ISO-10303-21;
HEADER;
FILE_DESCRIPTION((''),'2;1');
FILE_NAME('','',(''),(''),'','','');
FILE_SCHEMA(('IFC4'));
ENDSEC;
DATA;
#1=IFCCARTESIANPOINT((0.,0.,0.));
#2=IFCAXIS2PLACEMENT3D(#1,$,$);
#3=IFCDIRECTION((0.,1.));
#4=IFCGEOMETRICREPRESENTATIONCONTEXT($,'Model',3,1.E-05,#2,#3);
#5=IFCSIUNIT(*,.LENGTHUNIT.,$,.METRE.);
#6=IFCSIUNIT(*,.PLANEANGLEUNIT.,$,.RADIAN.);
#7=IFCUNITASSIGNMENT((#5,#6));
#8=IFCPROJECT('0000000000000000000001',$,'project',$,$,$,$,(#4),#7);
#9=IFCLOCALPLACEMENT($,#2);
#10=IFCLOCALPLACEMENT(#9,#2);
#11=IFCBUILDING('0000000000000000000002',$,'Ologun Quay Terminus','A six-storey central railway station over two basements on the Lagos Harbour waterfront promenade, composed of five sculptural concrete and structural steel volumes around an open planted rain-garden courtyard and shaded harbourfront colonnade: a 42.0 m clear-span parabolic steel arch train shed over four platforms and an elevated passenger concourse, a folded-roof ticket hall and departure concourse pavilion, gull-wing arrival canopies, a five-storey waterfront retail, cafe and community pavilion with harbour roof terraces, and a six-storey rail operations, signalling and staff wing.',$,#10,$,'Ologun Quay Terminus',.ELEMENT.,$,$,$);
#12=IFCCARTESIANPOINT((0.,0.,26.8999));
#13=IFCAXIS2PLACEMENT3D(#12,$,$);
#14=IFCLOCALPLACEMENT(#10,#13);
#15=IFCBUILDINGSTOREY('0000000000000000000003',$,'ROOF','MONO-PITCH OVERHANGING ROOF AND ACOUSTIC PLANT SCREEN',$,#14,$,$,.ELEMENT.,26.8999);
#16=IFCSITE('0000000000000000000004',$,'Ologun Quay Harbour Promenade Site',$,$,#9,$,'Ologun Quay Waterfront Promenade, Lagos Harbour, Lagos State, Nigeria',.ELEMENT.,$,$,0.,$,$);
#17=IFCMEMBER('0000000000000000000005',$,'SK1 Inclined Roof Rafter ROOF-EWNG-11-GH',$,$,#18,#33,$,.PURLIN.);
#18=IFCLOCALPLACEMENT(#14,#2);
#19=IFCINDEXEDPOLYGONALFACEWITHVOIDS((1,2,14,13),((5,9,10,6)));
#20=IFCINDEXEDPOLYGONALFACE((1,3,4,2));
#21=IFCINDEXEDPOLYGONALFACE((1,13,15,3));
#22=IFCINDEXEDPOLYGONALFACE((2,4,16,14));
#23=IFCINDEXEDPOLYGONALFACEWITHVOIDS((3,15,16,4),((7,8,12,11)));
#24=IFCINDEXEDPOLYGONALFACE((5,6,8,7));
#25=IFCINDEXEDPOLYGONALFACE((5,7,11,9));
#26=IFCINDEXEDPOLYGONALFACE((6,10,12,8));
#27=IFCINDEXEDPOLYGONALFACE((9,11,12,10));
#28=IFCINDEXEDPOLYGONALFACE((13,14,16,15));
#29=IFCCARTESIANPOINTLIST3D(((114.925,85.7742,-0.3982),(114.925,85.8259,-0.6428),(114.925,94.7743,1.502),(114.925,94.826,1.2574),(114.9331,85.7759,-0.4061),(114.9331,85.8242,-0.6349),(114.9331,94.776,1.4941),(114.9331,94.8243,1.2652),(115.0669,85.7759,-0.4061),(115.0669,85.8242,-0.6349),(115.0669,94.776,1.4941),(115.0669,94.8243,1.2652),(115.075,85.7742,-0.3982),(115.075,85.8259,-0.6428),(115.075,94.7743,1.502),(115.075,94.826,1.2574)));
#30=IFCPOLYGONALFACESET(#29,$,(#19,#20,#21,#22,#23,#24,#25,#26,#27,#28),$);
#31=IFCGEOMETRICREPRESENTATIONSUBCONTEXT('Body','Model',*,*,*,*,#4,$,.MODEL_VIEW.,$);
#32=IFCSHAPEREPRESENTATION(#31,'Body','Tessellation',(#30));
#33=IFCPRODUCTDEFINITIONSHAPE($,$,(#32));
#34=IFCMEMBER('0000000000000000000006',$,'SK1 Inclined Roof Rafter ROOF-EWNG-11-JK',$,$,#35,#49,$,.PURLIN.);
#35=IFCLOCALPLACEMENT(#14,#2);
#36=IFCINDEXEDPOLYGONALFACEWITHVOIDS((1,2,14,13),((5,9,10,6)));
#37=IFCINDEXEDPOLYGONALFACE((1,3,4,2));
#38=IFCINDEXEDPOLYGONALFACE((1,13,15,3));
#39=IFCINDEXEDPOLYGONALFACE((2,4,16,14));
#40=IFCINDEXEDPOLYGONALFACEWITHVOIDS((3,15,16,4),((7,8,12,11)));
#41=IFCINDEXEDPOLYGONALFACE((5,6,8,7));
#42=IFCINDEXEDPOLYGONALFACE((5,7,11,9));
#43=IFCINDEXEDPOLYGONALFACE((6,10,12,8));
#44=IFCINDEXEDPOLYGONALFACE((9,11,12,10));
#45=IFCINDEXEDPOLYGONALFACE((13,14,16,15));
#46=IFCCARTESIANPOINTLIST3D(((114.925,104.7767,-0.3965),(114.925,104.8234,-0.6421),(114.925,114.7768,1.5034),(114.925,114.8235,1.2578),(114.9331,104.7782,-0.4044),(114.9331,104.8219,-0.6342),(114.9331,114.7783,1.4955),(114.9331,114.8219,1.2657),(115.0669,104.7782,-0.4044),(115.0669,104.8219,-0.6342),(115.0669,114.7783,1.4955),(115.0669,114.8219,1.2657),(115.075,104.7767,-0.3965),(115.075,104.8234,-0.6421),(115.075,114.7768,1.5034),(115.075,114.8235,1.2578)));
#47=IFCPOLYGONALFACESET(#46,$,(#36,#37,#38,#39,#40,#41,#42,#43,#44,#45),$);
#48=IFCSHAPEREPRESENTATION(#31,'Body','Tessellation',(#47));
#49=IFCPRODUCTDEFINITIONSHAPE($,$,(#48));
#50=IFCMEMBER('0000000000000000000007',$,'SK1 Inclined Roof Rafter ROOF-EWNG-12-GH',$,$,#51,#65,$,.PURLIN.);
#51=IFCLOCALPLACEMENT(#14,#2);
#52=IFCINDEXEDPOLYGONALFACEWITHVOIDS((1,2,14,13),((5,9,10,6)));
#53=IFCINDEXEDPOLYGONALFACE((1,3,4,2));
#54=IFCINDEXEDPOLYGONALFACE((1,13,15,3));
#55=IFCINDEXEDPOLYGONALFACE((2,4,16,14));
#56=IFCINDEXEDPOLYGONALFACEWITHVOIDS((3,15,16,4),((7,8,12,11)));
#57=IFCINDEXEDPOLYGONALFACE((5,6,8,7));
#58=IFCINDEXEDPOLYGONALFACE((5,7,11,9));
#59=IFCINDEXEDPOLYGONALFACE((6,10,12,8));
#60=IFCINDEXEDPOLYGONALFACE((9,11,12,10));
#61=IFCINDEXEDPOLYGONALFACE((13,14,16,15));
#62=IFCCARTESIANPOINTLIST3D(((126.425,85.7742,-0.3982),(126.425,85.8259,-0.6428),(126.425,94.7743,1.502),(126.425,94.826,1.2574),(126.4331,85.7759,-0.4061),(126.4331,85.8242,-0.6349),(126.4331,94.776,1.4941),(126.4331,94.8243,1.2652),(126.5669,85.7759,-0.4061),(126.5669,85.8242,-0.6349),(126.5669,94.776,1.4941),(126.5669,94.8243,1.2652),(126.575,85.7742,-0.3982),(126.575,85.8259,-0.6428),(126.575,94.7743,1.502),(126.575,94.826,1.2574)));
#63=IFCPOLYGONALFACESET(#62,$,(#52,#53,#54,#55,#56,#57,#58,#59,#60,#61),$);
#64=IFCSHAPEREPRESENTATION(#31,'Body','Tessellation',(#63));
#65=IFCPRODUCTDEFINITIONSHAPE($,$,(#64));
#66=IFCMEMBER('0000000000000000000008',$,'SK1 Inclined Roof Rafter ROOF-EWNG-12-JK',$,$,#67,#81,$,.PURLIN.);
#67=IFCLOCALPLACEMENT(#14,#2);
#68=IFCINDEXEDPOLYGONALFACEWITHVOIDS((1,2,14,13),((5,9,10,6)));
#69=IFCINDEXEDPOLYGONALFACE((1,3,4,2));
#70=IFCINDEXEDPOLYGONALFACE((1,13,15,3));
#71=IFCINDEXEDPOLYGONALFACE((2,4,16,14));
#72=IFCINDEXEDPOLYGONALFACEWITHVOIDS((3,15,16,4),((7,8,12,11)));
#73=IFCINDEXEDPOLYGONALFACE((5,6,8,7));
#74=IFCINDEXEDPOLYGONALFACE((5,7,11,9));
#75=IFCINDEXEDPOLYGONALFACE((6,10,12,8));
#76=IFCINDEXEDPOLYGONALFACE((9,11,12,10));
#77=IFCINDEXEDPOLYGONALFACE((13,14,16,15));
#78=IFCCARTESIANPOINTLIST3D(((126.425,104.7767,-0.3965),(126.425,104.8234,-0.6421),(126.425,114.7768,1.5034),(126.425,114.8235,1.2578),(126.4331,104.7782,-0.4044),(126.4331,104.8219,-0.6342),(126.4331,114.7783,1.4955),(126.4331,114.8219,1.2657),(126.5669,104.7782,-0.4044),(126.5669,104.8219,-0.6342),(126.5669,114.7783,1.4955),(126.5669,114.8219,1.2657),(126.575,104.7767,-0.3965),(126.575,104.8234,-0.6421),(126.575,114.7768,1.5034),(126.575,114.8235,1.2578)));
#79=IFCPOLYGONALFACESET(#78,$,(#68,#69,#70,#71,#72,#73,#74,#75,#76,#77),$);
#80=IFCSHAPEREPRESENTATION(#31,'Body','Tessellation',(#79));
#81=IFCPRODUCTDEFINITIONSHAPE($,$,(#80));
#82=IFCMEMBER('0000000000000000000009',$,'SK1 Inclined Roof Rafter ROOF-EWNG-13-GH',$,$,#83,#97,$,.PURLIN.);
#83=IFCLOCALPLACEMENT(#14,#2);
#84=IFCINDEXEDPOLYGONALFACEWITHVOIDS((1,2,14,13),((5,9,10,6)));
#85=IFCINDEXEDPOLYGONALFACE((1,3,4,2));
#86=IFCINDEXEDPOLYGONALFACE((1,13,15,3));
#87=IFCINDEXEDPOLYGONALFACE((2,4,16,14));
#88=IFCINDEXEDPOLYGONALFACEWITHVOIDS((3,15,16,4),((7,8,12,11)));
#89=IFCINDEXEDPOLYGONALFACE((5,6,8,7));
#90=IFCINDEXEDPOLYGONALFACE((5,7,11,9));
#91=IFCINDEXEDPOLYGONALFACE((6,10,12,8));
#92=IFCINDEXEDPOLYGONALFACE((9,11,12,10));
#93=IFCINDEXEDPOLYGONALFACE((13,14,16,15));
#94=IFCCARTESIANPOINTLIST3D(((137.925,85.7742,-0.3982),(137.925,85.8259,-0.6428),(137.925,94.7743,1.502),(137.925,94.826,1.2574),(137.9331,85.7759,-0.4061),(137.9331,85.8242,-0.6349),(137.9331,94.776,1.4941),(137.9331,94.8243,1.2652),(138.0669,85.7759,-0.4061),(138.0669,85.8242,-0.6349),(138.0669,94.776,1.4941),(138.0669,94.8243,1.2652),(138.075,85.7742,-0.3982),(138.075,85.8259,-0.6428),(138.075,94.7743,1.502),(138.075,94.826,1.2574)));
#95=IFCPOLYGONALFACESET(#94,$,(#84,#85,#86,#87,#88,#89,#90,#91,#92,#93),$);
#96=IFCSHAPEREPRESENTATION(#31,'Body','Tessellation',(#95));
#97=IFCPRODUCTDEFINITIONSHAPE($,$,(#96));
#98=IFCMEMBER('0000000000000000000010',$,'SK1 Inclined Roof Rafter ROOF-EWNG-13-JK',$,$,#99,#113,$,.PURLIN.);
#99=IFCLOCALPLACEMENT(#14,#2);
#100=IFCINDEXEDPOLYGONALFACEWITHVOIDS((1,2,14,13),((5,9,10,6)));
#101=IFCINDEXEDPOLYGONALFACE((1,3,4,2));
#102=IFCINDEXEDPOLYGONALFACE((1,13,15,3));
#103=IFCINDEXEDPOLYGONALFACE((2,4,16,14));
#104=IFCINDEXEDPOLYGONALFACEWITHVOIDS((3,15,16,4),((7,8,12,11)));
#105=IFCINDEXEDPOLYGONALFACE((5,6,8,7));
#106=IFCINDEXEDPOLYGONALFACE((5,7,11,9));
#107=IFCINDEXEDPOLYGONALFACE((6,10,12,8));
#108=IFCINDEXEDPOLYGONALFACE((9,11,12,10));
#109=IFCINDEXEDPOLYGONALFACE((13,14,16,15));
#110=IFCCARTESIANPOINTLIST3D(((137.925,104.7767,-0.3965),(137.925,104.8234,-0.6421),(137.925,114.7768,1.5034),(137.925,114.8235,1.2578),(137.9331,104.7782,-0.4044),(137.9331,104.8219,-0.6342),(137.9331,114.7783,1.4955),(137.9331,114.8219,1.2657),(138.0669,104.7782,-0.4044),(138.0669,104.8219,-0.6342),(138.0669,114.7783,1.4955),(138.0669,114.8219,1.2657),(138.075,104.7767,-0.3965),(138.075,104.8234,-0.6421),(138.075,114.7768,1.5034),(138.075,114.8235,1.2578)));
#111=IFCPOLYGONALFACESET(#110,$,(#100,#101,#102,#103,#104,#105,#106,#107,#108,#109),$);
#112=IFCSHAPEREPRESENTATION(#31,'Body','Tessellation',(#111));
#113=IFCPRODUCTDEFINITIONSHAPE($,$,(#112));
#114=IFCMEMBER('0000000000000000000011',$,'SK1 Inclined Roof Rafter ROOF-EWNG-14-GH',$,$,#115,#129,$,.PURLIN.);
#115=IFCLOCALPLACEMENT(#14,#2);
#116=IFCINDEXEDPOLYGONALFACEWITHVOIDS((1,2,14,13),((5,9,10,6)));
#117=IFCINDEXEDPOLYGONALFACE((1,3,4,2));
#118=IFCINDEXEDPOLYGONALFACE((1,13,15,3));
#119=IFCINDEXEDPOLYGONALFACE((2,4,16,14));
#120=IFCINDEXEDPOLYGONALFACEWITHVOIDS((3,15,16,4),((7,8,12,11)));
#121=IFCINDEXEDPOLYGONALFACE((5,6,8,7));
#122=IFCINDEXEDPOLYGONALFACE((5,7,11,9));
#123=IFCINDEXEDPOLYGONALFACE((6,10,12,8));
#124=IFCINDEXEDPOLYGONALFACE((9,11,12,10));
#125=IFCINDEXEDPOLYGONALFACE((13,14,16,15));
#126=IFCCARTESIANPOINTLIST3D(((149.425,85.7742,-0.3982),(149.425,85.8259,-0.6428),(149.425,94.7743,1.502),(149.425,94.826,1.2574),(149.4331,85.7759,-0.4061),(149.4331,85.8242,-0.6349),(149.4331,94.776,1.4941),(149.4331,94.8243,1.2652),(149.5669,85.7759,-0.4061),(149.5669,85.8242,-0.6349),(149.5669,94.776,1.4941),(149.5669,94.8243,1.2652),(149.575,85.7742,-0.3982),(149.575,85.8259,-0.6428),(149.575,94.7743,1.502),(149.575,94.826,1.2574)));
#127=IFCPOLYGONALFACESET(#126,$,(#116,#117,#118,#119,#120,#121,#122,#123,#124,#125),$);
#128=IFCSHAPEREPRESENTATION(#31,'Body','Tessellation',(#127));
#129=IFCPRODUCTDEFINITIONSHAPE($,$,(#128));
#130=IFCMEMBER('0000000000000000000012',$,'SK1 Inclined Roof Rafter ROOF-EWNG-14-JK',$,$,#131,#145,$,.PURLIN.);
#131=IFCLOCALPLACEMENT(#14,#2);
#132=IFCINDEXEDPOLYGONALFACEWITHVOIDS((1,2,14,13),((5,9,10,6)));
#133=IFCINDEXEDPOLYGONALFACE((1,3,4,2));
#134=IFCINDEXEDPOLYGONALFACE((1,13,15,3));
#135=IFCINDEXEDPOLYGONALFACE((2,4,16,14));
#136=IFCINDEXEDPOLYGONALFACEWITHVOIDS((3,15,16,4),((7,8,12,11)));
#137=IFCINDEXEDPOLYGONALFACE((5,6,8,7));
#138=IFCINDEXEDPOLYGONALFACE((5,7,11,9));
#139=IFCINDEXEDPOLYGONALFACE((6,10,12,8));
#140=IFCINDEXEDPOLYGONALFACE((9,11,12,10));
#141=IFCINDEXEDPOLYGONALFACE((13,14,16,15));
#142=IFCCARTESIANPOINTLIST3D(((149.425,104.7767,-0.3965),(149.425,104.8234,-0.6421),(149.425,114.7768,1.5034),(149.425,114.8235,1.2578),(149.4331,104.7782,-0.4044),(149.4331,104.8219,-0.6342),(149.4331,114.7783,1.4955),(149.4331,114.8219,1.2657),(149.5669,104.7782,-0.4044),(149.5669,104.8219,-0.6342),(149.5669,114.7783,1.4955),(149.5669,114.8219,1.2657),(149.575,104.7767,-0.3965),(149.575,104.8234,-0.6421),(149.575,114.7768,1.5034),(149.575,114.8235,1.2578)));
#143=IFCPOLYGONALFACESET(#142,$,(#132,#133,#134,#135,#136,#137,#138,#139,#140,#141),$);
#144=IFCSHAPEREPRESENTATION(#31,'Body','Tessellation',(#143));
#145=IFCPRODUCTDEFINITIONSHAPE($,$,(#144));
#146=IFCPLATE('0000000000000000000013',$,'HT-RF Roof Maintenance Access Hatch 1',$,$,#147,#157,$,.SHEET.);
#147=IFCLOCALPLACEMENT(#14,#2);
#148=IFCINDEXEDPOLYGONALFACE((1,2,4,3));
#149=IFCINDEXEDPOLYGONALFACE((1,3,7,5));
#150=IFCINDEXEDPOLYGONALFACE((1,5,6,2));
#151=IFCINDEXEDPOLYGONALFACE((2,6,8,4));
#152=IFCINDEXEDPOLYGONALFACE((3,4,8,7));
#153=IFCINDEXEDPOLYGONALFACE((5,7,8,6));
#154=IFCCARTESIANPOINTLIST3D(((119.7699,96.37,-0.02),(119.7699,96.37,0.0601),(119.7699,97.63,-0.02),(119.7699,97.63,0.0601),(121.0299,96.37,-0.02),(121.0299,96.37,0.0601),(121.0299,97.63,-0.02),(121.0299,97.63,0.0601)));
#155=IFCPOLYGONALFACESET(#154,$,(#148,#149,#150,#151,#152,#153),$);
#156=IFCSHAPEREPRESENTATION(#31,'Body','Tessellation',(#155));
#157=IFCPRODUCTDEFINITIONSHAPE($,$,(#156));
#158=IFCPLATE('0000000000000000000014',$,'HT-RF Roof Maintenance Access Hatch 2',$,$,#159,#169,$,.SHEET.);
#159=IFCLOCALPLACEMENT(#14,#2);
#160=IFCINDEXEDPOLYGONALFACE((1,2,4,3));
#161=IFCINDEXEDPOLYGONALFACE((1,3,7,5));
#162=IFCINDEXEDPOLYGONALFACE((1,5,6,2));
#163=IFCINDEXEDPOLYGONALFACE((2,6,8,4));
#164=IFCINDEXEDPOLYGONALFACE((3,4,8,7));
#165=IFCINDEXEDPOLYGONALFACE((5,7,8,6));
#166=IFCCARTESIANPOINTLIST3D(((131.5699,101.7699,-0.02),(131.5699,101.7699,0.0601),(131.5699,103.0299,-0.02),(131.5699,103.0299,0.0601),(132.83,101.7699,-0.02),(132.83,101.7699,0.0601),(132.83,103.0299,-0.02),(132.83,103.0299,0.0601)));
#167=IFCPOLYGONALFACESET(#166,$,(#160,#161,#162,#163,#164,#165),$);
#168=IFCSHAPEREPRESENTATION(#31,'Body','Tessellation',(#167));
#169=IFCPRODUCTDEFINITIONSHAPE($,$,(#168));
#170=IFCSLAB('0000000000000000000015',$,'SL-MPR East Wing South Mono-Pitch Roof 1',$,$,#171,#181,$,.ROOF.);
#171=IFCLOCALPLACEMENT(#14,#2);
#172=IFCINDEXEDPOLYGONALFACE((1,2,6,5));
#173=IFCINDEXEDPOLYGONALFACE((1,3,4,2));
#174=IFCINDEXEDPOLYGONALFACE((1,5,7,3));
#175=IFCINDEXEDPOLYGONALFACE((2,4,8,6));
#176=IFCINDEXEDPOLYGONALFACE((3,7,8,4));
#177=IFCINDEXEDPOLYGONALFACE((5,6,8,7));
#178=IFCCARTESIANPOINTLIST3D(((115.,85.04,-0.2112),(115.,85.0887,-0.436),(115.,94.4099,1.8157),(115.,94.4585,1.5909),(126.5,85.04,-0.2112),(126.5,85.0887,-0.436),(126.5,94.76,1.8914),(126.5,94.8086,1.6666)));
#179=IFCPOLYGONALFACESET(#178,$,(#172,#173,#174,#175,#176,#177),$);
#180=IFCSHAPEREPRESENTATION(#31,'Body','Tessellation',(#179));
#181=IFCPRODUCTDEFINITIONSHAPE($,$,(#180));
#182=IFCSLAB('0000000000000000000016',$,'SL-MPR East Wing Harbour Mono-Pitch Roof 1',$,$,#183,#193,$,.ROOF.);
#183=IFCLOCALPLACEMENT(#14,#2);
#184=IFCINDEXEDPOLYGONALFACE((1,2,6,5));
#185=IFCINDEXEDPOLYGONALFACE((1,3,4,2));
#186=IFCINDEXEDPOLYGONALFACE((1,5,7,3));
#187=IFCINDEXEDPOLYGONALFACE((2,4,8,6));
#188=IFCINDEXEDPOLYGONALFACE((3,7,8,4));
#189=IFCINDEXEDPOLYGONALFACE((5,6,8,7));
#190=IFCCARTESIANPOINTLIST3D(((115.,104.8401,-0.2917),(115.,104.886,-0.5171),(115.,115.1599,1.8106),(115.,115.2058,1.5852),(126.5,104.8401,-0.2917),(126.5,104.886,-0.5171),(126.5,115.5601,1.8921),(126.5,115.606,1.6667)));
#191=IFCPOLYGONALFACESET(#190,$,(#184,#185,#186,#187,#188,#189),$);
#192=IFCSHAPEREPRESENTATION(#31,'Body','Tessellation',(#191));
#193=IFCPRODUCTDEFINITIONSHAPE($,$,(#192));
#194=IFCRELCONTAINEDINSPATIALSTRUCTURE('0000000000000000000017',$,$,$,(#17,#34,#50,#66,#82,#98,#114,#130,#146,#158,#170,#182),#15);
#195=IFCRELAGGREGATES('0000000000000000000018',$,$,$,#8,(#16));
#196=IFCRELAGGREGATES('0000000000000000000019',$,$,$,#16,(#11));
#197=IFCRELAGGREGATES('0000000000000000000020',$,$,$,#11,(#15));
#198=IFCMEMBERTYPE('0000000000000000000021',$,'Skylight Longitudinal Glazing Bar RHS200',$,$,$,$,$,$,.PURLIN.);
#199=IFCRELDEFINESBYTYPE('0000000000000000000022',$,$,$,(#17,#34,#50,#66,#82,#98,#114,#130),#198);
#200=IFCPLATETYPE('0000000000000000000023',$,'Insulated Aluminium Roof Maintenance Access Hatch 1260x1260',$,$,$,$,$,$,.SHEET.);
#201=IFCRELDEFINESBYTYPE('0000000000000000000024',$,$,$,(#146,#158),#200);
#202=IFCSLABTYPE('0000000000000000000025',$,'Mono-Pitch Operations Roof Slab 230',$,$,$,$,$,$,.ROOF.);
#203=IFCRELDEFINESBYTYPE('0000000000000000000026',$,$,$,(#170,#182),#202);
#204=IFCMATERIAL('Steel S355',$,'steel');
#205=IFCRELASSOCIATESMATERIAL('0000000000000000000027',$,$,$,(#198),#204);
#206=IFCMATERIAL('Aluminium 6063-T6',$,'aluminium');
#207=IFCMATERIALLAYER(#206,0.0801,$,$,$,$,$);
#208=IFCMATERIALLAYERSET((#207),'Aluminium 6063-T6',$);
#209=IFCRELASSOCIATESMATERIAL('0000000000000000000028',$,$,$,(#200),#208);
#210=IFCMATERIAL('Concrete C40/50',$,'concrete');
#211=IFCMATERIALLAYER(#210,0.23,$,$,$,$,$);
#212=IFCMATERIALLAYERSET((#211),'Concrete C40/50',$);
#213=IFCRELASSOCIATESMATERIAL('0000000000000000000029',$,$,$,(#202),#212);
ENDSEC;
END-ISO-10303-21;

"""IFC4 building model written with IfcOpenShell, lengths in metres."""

from ifc_helpers import new_model, si_unit, direction, frame, origin, origin_2d, place, context, subcontext, project, spatial, polyline, rectangle, hollow_rectangle, outline, extrude, material, layer, layer_set, material_profile, profile_set, type_object, element, save


model = new_model("IFC4")

# Units and contexts
model_context = context("Model", 3, precision=1e-05, world=origin(), true_north=direction((0.0, 1.0)))
body_context = subcontext(model_context, "Body", "Model", "MODEL_VIEW")
ifc_project = project(units=[si_unit("LENGTHUNIT", "METRE"), si_unit("PLANEANGLEUNIT", "RADIAN")], contexts=[model_context])

# Site, building, storey
site_placement = place(None, origin())
site = spatial("IfcSite", under=ifc_project, at=site_placement, Name="Ologun Quay Harbour Promenade Site", LongName="Ologun Quay Waterfront Promenade, Lagos Harbour, Lagos State, Nigeria", CompositionType="ELEMENT", RefElevation=0.0)
building_placement = place(site_placement, origin())
building = spatial("IfcBuilding", under=site, at=building_placement, Name="Ologun Quay Terminus", Description="A six-storey central railway station over two basements on the Lagos Harbour waterfront promenade, composed of five sculptural concrete and structural steel volumes around an open planted rain-garden courtyard and shaded harbourfront colonnade: a 42.0 m clear-span parabolic steel arch train shed over four platforms and an elevated passenger concourse, a folded-roof ticket hall and departure concourse pavilion, gull-wing arrival canopies, a five-storey waterfront retail, cafe and community pavilion with harbour roof terraces, and a six-storey rail operations, signalling and staff wing.", LongName="Ologun Quay Terminus", CompositionType="ELEMENT")
storey_placement = place(building_placement, frame((0.0, 0.0, 26.8999)))
storey = spatial("IfcBuildingStorey", under=building, at=storey_placement, Name="ROOF", Description="MONO-PITCH OVERHANGING ROOF AND ACOUSTIC PLANT SCREEN", CompositionType="ELEMENT", Elevation=26.8999)

# Members
ifc_material_1 = material(Name="Steel S355", Category="steel")
ifc_material_profile_1 = material_profile(ifc_material_1, hollow_rectangle(XDim=0.1499, YDim=0.25, WallThickness=0.0081, at=origin_2d()), Name="RHS 250x150x8")
ifc_profile_set_1 = profile_set([ifc_material_profile_1], Name="Steel S355")
member_type_1 = type_object("IfcMemberType", Name="Skylight Longitudinal Glazing Bar RHS200", PredefinedType="PURLIN", material=ifc_profile_set_1)
member_1_placement = place(storey_placement, frame((115.0, 85.8, -0.5205), z_axis=(0.0, 0.978431, 0.206574), x_axis=(-1.0, 0.0, 0.0)))
element("IfcMember", 1, at=member_1_placement, inside=storey, type_object=member_type_1, Name="SK1 Inclined Roof Rafter ROOF-EWNG-11-GH", PredefinedType="PURLIN", context=body_context, shape_type="SweptSolid", body=[
    extrude(hollow_rectangle(XDim=0.1499, YDim=0.25, WallThickness=0.0081, at=origin_2d()), origin(), (0.0, 0.0, 1.0), 9.1985),
])
member_2_placement = place(storey_placement, frame((115.0, 104.8, -0.5193), z_axis=(0.0, 0.982426, 0.186651), x_axis=(-1.0, 0.0, 0.0)))
element("IfcMember", 2, at=member_2_placement, inside=storey, type_object=member_type_1, Name="SK1 Inclined Roof Rafter ROOF-EWNG-11-JK", PredefinedType="PURLIN", context=body_context, shape_type="SweptSolid", body=[
    extrude(hollow_rectangle(XDim=0.1499, YDim=0.25, WallThickness=0.0081, at=origin_2d()), origin(), (0.0, 0.0, 1.0), 10.179),
])
member_3_placement = place(storey_placement, frame((126.5, 85.8, -0.5205), z_axis=(0.0, 0.978431, 0.206574), x_axis=(-1.0, 0.0, 0.0)))
element("IfcMember", 3, at=member_3_placement, inside=storey, type_object=member_type_1, Name="SK1 Inclined Roof Rafter ROOF-EWNG-12-GH", PredefinedType="PURLIN", context=body_context, shape_type="SweptSolid", body=[
    extrude(hollow_rectangle(XDim=0.1499, YDim=0.25, WallThickness=0.0081, at=origin_2d()), origin(), (0.0, 0.0, 1.0), 9.1985),
])
member_4_placement = place(storey_placement, frame((126.5, 104.8, -0.5193), z_axis=(0.0, 0.982426, 0.186651), x_axis=(-1.0, 0.0, 0.0)))
element("IfcMember", 4, at=member_4_placement, inside=storey, type_object=member_type_1, Name="SK1 Inclined Roof Rafter ROOF-EWNG-12-JK", PredefinedType="PURLIN", context=body_context, shape_type="SweptSolid", body=[
    extrude(hollow_rectangle(XDim=0.1499, YDim=0.25, WallThickness=0.0081, at=origin_2d()), origin(), (0.0, 0.0, 1.0), 10.179),
])
member_5_placement = place(storey_placement, frame((138.0, 85.8, -0.5205), z_axis=(0.0, 0.978431, 0.206574), x_axis=(-1.0, 0.0, 0.0)))
element("IfcMember", 5, at=member_5_placement, inside=storey, type_object=member_type_1, Name="SK1 Inclined Roof Rafter ROOF-EWNG-13-GH", PredefinedType="PURLIN", context=body_context, shape_type="SweptSolid", body=[
    extrude(hollow_rectangle(XDim=0.1499, YDim=0.25, WallThickness=0.0081, at=origin_2d()), origin(), (0.0, 0.0, 1.0), 9.1985),
])
member_6_placement = place(storey_placement, frame((138.0, 104.8, -0.5193), z_axis=(0.0, 0.982426, 0.186651), x_axis=(-1.0, 0.0, 0.0)))
element("IfcMember", 6, at=member_6_placement, inside=storey, type_object=member_type_1, Name="SK1 Inclined Roof Rafter ROOF-EWNG-13-JK", PredefinedType="PURLIN", context=body_context, shape_type="SweptSolid", body=[
    extrude(hollow_rectangle(XDim=0.1499, YDim=0.25, WallThickness=0.0081, at=origin_2d()), origin(), (0.0, 0.0, 1.0), 10.179),
])
member_7_placement = place(storey_placement, frame((149.5, 85.8, -0.5205), z_axis=(0.0, 0.978431, 0.206574), x_axis=(-1.0, 0.0, 0.0)))
element("IfcMember", 7, at=member_7_placement, inside=storey, type_object=member_type_1, Name="SK1 Inclined Roof Rafter ROOF-EWNG-14-GH", PredefinedType="PURLIN", context=body_context, shape_type="SweptSolid", body=[
    extrude(hollow_rectangle(XDim=0.1499, YDim=0.25, WallThickness=0.0081, at=origin_2d()), origin(), (0.0, 0.0, 1.0), 9.1985),
])
member_8_placement = place(storey_placement, frame((149.5, 104.8, -0.5193), z_axis=(0.0, 0.982426, 0.186651), x_axis=(-1.0, 0.0, 0.0)))
element("IfcMember", 8, at=member_8_placement, inside=storey, type_object=member_type_1, Name="SK1 Inclined Roof Rafter ROOF-EWNG-14-JK", PredefinedType="PURLIN", context=body_context, shape_type="SweptSolid", body=[
    extrude(hollow_rectangle(XDim=0.1499, YDim=0.25, WallThickness=0.0081, at=origin_2d()), origin(), (0.0, 0.0, 1.0), 10.179),
])

# Plates
ifc_material_2 = material(Name="Aluminium 6063-T6", Category="aluminium")
ifc_layer_1 = layer(ifc_material_2, 0.0801)
ifc_layer_set_1 = layer_set([ifc_layer_1], Name="Aluminium 6063-T6")
plate_type = type_object("IfcPlateType", Name="Insulated Aluminium Roof Maintenance Access Hatch 1260x1260", PredefinedType="SHEET", material=ifc_layer_set_1)
for number, where, z_axis, x_axis, name in (
    (9, (120.3999, 97.0, -0.02), (0.0, 0.0, 1.0), (1.0, 0.0, 0.0), "HT-RF Roof Maintenance Access Hatch 1"),
    (10, (132.2, 102.3999, -0.02), (0.0, 0.0, 1.0), (1.0, 0.0, 0.0), "HT-RF Roof Maintenance Access Hatch 2"),
):
    element("IfcPlate", number, at=place(storey_placement, frame(where, z_axis=z_axis, x_axis=x_axis)), inside=storey, type_object=plate_type, Name=name, PredefinedType="SHEET", context=body_context, shape_type="SweptSolid", body=[
        extrude(rectangle(XDim=1.26, YDim=1.26, at=origin_2d()), origin(), (0.0, 0.0, 1.0), 0.0801),
    ])

# Slabs
ifc_material_3 = material(Name="Concrete C40/50", Category="concrete")
ifc_layer_2 = layer(ifc_material_3, 0.23)
ifc_layer_set_2 = layer_set([ifc_layer_2], Name="Concrete C40/50")
slab_type_1 = type_object("IfcSlabType", Name="Mono-Pitch Operations Roof Slab 230", PredefinedType="ROOF", material=ifc_layer_set_2)
slab_1_placement = place(storey_placement, frame((115.0, 85.04, -0.2112), z_axis=(0.000002, -0.211424, 0.977394), x_axis=(1.0, 0.0, -0.000002)))
element("IfcSlab", 11, at=slab_1_placement, inside=storey, type_object=slab_type_1, Name="SL-MPR East Wing South Mono-Pitch Roof 1", PredefinedType="ROOF", context=body_context, shape_type="SweptSolid", body=[
    extrude(outline(polyline([(0.0, 0.0), (11.5, 0.0), (11.5, 9.9448), (0.0, 9.5866), (0.0, 0.0)])), origin(), (0.0, 0.0, -1.0), 0.23),
])
slab_2_placement = place(storey_placement, frame((115.0, 104.8401, -0.2917), z_axis=(-0.000001, -0.199616, 0.979874), x_axis=(1.0, 0.0, 0.000001)))
element("IfcSlab", 12, at=slab_2_placement, inside=storey, type_object=slab_type_1, Name="SL-MPR East Wing Harbour Mono-Pitch Roof 1", PredefinedType="ROOF", context=body_context, shape_type="SweptSolid", body=[
    extrude(outline(polyline([(0.0, 0.0), (11.5, 0.0), (11.5, 10.9402), (0.0, 10.5318), (0.0, 0.0)])), origin(), (0.0, 0.0, -1.0), 0.23),
])

save(model, "model.ifc")
